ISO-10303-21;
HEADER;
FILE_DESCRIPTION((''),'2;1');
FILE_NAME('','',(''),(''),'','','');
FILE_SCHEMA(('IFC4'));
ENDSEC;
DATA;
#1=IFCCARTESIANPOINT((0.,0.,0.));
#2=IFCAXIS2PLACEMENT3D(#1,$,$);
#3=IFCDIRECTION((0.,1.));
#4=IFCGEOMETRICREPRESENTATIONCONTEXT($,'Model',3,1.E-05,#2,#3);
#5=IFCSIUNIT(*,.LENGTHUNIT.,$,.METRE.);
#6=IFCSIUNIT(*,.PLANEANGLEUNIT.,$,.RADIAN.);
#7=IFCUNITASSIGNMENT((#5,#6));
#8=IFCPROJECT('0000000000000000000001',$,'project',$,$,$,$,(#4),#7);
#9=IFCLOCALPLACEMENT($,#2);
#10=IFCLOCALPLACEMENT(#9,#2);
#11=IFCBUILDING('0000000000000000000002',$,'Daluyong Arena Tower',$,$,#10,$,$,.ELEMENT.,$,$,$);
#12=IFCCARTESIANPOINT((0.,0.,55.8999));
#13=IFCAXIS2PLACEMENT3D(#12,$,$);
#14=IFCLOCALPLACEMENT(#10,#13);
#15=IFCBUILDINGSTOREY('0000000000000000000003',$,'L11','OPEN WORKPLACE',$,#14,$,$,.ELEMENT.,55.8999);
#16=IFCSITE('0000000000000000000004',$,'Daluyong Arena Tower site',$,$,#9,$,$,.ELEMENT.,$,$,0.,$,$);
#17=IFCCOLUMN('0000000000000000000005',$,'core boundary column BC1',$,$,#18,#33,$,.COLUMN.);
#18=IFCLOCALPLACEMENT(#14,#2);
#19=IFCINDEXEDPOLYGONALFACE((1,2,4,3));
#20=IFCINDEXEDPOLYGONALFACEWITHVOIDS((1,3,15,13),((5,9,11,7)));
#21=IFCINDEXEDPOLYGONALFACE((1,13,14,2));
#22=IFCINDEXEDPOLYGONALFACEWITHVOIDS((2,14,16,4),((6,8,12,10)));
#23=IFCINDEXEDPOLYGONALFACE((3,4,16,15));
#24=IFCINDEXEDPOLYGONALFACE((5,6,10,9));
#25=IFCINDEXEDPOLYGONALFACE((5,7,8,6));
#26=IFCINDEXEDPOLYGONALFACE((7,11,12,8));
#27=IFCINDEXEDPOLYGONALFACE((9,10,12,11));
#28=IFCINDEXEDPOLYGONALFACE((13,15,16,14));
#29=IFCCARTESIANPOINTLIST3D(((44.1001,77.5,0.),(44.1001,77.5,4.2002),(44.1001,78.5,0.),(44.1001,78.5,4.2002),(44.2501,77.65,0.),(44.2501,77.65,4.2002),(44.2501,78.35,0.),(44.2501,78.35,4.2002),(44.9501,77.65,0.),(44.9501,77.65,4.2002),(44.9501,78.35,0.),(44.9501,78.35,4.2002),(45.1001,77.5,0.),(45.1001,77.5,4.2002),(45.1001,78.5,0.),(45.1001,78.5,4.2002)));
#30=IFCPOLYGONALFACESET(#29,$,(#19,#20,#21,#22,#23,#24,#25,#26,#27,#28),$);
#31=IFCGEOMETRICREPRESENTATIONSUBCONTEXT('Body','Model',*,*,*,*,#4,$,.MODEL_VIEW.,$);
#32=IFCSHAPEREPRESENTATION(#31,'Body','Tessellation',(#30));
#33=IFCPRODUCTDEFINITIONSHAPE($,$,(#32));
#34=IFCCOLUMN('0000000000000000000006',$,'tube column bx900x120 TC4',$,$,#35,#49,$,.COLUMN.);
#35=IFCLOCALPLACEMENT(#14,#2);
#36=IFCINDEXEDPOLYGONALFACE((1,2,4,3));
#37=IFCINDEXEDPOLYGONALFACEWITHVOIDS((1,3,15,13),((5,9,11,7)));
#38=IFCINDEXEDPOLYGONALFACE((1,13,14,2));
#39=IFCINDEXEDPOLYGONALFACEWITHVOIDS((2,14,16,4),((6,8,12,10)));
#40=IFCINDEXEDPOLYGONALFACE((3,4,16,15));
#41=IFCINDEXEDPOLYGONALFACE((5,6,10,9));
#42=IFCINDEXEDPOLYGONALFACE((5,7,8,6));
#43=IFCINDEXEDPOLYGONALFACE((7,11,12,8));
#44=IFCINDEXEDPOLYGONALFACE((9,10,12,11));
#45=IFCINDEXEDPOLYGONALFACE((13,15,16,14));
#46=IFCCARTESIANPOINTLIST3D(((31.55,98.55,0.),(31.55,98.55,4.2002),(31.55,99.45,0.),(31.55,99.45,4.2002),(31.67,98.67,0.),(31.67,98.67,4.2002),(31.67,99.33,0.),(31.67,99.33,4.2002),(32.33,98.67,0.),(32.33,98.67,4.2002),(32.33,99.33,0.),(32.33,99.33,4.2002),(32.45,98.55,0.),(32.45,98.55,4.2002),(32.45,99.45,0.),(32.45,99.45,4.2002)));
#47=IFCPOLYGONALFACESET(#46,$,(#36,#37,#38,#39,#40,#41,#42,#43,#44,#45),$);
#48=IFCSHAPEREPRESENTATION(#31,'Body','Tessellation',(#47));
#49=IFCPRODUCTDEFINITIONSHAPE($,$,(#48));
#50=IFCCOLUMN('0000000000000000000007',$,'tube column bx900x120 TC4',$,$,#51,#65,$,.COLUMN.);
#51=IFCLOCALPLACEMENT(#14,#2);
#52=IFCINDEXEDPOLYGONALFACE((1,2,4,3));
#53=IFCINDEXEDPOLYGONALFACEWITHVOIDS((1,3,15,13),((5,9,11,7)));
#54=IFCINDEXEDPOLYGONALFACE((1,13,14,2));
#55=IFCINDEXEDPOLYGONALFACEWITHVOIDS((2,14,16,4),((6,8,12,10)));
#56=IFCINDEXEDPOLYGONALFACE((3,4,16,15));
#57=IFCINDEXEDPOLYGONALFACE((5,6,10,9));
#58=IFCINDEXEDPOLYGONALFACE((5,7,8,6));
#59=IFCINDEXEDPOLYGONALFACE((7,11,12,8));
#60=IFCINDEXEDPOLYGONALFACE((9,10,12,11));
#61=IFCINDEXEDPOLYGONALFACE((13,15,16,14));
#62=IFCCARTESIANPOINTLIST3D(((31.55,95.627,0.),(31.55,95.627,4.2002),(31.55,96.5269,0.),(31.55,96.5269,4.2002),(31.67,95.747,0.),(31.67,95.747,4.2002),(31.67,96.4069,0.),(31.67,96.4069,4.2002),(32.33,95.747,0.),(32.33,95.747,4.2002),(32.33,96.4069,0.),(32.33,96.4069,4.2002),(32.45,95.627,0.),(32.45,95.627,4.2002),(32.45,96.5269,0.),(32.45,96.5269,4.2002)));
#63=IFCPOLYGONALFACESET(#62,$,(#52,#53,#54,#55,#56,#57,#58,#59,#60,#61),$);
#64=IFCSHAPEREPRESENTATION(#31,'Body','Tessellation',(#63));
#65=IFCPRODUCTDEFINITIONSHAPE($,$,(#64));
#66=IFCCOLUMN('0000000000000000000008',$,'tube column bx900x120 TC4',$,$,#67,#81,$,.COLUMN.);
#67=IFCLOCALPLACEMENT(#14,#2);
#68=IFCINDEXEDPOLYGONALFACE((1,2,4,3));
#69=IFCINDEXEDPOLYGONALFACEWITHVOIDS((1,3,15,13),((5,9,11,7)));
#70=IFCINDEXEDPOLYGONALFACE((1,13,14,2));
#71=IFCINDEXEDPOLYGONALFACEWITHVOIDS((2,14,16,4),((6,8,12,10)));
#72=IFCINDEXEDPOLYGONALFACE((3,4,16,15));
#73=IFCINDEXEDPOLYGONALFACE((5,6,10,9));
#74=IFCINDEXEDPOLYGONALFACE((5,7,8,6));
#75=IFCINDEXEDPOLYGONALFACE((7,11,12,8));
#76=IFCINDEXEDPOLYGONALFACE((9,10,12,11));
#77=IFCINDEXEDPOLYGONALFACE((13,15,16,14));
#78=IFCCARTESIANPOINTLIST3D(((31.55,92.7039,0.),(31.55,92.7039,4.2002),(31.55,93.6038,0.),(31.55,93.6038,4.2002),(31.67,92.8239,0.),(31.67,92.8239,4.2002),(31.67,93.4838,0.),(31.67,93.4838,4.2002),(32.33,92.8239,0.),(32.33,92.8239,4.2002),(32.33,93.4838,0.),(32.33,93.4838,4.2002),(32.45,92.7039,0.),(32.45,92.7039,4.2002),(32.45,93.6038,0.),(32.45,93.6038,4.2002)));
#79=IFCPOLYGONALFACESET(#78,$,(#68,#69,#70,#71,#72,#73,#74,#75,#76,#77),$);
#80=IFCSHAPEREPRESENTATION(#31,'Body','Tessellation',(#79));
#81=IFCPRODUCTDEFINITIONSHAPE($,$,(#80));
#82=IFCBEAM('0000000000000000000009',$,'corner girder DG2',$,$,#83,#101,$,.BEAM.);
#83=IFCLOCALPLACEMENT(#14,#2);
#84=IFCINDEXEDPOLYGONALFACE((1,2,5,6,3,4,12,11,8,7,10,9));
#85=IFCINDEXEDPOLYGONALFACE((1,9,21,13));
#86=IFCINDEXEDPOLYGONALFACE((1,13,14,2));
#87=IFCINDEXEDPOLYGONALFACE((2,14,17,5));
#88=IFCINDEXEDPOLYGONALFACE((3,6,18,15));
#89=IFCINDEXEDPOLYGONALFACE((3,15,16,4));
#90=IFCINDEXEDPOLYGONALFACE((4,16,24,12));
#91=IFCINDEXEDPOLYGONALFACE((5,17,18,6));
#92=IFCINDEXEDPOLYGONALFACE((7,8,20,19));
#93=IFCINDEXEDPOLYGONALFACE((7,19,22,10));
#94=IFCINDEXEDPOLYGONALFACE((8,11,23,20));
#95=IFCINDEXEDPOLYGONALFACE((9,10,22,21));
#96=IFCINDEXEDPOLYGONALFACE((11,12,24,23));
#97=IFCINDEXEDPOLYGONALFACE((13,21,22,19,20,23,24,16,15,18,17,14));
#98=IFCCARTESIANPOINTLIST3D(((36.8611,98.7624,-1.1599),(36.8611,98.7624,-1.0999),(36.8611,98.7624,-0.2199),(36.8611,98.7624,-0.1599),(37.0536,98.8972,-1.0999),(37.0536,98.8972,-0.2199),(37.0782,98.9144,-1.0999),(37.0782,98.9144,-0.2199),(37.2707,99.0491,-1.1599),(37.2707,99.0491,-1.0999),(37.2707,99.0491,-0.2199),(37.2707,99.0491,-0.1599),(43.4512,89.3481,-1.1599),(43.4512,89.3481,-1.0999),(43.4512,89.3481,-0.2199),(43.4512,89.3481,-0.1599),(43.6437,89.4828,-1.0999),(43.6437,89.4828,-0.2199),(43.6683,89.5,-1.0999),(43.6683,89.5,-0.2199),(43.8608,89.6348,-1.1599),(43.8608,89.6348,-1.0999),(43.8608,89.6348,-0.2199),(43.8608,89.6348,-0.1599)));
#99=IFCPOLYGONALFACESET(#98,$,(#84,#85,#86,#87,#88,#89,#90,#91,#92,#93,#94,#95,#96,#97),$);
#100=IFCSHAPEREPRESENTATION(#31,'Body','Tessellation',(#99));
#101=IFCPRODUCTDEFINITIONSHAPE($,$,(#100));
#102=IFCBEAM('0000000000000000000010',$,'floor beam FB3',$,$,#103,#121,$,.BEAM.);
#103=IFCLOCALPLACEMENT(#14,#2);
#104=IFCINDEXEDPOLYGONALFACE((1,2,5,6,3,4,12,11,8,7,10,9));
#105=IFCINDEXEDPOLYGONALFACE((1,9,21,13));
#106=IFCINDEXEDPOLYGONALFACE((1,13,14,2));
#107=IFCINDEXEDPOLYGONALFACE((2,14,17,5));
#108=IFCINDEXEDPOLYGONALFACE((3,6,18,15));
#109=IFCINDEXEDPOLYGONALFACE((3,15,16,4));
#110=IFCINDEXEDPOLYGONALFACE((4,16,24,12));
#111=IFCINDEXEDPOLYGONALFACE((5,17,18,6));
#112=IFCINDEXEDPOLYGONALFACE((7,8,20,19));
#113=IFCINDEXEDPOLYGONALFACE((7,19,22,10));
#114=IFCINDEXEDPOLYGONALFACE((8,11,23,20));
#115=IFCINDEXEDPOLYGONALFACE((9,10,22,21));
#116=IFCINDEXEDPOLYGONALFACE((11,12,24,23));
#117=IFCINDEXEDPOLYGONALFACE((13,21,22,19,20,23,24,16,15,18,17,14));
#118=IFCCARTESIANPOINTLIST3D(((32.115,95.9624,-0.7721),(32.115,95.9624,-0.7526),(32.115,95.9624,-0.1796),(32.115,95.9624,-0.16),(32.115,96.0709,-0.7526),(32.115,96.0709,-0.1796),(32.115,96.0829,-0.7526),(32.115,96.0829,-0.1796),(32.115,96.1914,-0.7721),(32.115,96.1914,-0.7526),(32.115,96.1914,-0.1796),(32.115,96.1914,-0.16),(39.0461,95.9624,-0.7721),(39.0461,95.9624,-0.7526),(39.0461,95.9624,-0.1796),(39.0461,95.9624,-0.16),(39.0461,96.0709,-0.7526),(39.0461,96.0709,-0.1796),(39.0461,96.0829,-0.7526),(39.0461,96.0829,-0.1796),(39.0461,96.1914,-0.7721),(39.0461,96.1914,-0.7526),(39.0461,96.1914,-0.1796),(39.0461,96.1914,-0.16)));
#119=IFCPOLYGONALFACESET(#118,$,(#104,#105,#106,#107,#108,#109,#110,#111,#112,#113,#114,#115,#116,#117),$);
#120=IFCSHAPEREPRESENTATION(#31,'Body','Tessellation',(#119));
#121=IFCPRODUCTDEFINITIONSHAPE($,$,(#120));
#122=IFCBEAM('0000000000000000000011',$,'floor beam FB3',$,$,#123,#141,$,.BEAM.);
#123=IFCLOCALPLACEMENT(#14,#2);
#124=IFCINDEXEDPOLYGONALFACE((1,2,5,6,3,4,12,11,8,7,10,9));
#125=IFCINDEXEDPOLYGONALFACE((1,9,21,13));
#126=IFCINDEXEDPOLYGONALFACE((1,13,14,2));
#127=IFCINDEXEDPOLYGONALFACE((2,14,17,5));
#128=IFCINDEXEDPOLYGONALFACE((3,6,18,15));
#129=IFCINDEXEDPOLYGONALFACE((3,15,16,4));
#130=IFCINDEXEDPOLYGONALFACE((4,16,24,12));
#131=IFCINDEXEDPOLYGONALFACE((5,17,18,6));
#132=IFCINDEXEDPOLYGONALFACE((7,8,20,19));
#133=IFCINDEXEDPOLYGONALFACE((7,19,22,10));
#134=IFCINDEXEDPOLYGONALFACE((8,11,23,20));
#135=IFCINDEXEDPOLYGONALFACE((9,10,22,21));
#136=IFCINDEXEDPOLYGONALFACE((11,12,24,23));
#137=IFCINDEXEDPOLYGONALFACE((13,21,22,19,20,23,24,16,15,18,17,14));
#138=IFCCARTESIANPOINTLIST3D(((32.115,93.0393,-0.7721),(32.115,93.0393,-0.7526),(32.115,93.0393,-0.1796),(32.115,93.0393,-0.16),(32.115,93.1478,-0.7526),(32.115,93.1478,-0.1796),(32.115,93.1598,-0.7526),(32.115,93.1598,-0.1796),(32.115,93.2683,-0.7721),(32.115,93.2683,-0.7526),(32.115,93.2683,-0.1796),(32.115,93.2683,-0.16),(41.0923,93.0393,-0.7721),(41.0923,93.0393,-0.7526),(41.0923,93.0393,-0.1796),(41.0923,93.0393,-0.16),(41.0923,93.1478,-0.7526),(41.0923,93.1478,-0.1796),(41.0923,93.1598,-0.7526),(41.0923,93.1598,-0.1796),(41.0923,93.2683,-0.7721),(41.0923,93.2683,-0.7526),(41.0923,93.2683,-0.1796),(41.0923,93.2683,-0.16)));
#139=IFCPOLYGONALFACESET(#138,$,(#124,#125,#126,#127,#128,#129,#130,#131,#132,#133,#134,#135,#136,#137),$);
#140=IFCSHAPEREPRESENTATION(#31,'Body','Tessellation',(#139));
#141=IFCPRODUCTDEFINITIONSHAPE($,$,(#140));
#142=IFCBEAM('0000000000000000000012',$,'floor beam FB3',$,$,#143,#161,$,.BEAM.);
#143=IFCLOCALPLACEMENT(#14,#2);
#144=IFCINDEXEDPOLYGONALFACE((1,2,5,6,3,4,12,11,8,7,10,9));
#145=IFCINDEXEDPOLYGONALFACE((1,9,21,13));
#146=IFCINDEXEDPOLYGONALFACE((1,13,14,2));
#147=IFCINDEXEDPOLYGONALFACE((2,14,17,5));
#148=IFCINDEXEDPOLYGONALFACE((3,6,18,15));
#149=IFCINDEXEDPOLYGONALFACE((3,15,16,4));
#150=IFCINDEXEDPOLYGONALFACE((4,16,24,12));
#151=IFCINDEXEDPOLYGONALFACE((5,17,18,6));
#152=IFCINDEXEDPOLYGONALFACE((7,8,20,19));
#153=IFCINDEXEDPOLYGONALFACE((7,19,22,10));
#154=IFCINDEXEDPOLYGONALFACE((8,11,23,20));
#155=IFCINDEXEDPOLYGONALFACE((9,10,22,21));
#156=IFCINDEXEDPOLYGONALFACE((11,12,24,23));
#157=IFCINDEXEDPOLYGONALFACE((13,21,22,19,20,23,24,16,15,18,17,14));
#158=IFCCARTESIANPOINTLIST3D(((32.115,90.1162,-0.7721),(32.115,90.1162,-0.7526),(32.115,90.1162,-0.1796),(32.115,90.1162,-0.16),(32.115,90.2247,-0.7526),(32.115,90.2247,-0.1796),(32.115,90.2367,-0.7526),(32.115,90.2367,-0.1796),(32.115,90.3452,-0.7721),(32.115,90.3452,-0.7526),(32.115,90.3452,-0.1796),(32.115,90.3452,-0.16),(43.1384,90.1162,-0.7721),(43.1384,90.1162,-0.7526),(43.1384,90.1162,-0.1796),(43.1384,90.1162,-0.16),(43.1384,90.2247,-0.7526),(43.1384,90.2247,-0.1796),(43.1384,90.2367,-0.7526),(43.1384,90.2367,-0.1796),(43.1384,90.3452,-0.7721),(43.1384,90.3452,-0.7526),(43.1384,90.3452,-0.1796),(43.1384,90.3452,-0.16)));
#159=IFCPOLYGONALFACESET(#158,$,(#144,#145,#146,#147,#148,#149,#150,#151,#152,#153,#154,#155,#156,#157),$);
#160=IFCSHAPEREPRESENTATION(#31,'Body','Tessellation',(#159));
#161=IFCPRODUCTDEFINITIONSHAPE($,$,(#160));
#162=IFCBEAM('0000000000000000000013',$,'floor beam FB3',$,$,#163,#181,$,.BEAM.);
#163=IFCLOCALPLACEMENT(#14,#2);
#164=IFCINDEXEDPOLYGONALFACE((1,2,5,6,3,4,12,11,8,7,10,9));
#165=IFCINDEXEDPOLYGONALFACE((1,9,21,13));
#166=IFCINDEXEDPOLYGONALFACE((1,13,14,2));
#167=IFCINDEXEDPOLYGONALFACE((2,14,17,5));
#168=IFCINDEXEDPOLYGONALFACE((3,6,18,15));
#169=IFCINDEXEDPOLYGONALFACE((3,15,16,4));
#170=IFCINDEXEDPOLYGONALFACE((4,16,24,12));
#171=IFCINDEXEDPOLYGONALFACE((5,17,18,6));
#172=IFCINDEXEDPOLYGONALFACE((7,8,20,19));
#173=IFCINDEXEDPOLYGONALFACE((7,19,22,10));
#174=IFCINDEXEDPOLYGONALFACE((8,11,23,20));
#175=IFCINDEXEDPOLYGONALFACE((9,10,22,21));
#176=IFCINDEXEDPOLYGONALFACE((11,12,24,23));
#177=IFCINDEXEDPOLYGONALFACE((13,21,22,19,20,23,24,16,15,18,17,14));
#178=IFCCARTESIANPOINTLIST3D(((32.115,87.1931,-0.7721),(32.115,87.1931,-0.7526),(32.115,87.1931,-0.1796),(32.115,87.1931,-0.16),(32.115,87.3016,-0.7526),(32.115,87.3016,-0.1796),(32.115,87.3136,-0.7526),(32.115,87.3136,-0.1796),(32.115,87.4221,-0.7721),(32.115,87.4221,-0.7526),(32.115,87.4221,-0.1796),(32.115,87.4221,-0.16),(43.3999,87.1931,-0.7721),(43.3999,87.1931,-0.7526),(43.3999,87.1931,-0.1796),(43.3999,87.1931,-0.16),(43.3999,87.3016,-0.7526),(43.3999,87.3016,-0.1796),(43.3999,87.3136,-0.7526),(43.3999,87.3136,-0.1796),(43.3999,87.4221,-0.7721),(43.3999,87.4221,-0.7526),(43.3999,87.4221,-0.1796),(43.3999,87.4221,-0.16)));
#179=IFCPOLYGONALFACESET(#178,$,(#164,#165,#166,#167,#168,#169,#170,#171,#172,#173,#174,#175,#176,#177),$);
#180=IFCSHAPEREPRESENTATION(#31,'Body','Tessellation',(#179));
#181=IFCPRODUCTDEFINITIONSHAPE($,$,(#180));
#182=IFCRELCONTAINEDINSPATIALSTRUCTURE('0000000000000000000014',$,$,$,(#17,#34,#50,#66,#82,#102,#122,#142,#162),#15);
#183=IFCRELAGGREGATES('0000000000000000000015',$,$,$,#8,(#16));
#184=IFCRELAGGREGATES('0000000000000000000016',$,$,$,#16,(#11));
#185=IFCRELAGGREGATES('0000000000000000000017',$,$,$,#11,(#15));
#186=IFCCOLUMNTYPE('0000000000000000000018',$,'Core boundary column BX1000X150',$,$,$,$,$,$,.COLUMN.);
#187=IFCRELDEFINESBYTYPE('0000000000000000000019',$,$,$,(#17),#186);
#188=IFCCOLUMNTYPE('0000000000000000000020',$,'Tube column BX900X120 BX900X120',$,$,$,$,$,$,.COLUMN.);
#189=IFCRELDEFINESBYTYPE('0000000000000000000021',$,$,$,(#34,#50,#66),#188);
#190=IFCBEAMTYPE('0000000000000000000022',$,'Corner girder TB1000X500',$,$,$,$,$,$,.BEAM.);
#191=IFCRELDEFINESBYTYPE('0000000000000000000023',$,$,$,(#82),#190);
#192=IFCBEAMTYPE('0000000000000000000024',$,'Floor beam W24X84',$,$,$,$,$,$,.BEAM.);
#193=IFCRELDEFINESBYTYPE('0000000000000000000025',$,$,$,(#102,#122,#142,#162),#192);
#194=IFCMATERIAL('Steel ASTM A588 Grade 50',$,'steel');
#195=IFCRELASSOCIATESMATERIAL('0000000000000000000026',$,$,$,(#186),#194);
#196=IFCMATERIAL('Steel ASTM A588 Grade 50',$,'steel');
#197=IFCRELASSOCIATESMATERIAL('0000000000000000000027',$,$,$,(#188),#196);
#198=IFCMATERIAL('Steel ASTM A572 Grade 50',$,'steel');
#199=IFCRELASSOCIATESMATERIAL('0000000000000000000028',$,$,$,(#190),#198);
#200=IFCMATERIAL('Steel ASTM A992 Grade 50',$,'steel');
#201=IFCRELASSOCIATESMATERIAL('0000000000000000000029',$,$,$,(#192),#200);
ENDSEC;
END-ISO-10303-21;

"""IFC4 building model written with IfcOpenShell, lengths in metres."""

from ifc_helpers import new_model, si_unit, direction, frame, origin, origin_2d, place, context, subcontext, project, spatial, hollow_rectangle, i_section, extrude, material, material_profile, profile_set, type_object, element, save


model = new_model("IFC4")

# Units and contexts
model_context = context("Model", 3, precision=1e-05, world=origin(), true_north=direction((0.0, 1.0)))
body_context = subcontext(model_context, "Body", "Model", "MODEL_VIEW")
ifc_project = project(units=[si_unit("LENGTHUNIT", "METRE"), si_unit("PLANEANGLEUNIT", "RADIAN")], contexts=[model_context])

# Site, building, storey
site_placement = place(None, origin())
site = spatial("IfcSite", under=ifc_project, at=site_placement, Name="Daluyong Arena Tower site", CompositionType="ELEMENT", RefElevation=0.0)
building_placement = place(site_placement, origin())
building = spatial("IfcBuilding", under=site, at=building_placement, Name="Daluyong Arena Tower", CompositionType="ELEMENT")
storey_placement = place(building_placement, frame((0.0, 0.0, 55.8999)))
storey = spatial("IfcBuildingStorey", under=building, at=storey_placement, Name="L11", Description="OPEN WORKPLACE", CompositionType="ELEMENT", Elevation=55.8999)

# Columns
ifc_material_1 = material(Name="Steel ASTM A588 Grade 50", Category="steel")
ifc_material_profile_1 = material_profile(ifc_material_1, hollow_rectangle(XDim=1.0, YDim=1.0, WallThickness=0.15, at=origin_2d()))
ifc_profile_set_1 = profile_set([ifc_material_profile_1], Name="Steel ASTM A588 Grade 50")
column_type_1 = type_object("IfcColumnType", Name="Core boundary column BX1000X150", PredefinedType="COLUMN", material=ifc_profile_set_1)
column_placement = place(storey_placement, frame((44.6001, 78.0, 0.0), z_axis=(0.0, 0.0, 1.0), x_axis=(1.0, 0.0, 0.0)))
element("IfcColumn", 1, at=column_placement, inside=storey, type_object=column_type_1, Name="core boundary column BC1", PredefinedType="COLUMN", context=body_context, shape_type="SweptSolid", body=[
    extrude(hollow_rectangle(XDim=1.0, YDim=1.0, WallThickness=0.15, at=origin_2d()), origin(), (0.0, 0.0, 1.0), 4.2002),
])
ifc_material_2 = material(Name="Steel ASTM A588 Grade 50", Category="steel")
ifc_material_profile_2 = material_profile(ifc_material_2, hollow_rectangle(XDim=0.8999, YDim=0.8999, WallThickness=0.12, at=origin_2d()))
ifc_profile_set_2 = profile_set([ifc_material_profile_2], Name="Steel ASTM A588 Grade 50")
column_type_2 = type_object("IfcColumnType", Name="Tube column BX900X120 BX900X120", PredefinedType="COLUMN", material=ifc_profile_set_2)
for number, where, z_axis, x_axis, name in (
    (2, (32.0, 99.0, 0.0), (0.0, 0.0, 1.0), (0.0, 1.0, 0.0), "tube column bx900x120 TC4"),
    (3, (32.0, 96.0769, 0.0), (0.0, 0.0, 1.0), (0.0, 1.0, 0.0), "tube column bx900x120 TC4"),
    (4, (32.0, 93.1538, 0.0), (0.0, 0.0, 1.0), (0.0, 1.0, 0.0), "tube column bx900x120 TC4"),
):
    element("IfcColumn", number, at=place(storey_placement, frame(where, z_axis=z_axis, x_axis=x_axis)), inside=storey, type_object=column_type_2, Name=name, PredefinedType="COLUMN", context=body_context, shape_type="SweptSolid", body=[
        extrude(hollow_rectangle(XDim=0.8999, YDim=0.8999, WallThickness=0.12, at=origin_2d()), origin(), (0.0, 0.0, 1.0), 4.2002),
    ])

# Beams
ifc_material_3 = material(Name="Steel ASTM A572 Grade 50", Category="steel")
ifc_material_profile_3 = material_profile(ifc_material_3, i_section(OverallWidth=0.5, OverallDepth=1.0, WebThickness=0.03, FlangeThickness=0.06, at=origin_2d()))
ifc_profile_set_3 = profile_set([ifc_material_profile_3], Name="Steel ASTM A572 Grade 50")
beam_type_1 = type_object("IfcBeamType", Name="Corner girder TB1000X500", PredefinedType="BEAM", material=ifc_profile_set_3)
beam_1_placement = place(storey_placement, frame((37.0659, 98.9058, -0.6599), z_axis=(0.573467, -0.819229, 0.0), x_axis=(0.819229, 0.573467, 0.0)))
element("IfcBeam", 5, at=beam_1_placement, inside=storey, type_object=beam_type_1, Name="corner girder DG2", PredefinedType="BEAM", context=body_context, shape_type="SweptSolid", body=[
    extrude(i_section(OverallWidth=0.5, OverallDepth=1.0, WebThickness=0.03, FlangeThickness=0.06, at=origin_2d()), origin(), (0.0, 0.0, 1.0), 11.4917),
])
ifc_material_4 = material(Name="Steel ASTM A992 Grade 50", Category="steel")
ifc_material_profile_4 = material_profile(ifc_material_4, i_section(OverallWidth=0.229, OverallDepth=0.6121, WebThickness=0.012, FlangeThickness=0.0195, at=origin_2d()))
ifc_profile_set_4 = profile_set([ifc_material_profile_4], Name="Steel ASTM A992 Grade 50")
beam_type_2 = type_object("IfcBeamType", Name="Floor beam W24X84", PredefinedType="BEAM", material=ifc_profile_set_4)
beam_2_placement = place(storey_placement, frame((32.115, 96.0769, -0.4661), z_axis=(1.0, 0.0, 0.0), x_axis=(0.0, 1.0, 0.0)))
element("IfcBeam", 6, at=beam_2_placement, inside=storey, type_object=beam_type_2, Name="floor beam FB3", PredefinedType="BEAM", context=body_context, shape_type="SweptSolid", body=[
    extrude(i_section(OverallWidth=0.229, OverallDepth=0.6121, WebThickness=0.012, FlangeThickness=0.0195, at=origin_2d()), origin(), (0.0, 0.0, 1.0), 6.9312),
])
beam_3_placement = place(storey_placement, frame((32.115, 93.1538, -0.4661), z_axis=(1.0, 0.0, 0.0), x_axis=(0.0, 1.0, 0.0)))
element("IfcBeam", 7, at=beam_3_placement, inside=storey, type_object=beam_type_2, Name="floor beam FB3", PredefinedType="BEAM", context=body_context, shape_type="SweptSolid", body=[
    extrude(i_section(OverallWidth=0.229, OverallDepth=0.6121, WebThickness=0.012, FlangeThickness=0.0195, at=origin_2d()), origin(), (0.0, 0.0, 1.0), 8.9773),
])
beam_4_placement = place(storey_placement, frame((32.115, 90.2307, -0.4661), z_axis=(1.0, 0.0, 0.0), x_axis=(0.0, 1.0, 0.0)))
element("IfcBeam", 8, at=beam_4_placement, inside=storey, type_object=beam_type_2, Name="floor beam FB3", PredefinedType="BEAM", context=body_context, shape_type="SweptSolid", body=[
    extrude(i_section(OverallWidth=0.229, OverallDepth=0.6121, WebThickness=0.012, FlangeThickness=0.0195, at=origin_2d()), origin(), (0.0, 0.0, 1.0), 11.0234),
])
for number, where, z_axis, x_axis, name in (
    (9, (32.115, 87.3076, -0.4661), (1.0, 0.0, 0.0), (0.0, 1.0, 0.0), "floor beam FB3"),
):
    element("IfcBeam", number, at=place(storey_placement, frame(where, z_axis=z_axis, x_axis=x_axis)), inside=storey, type_object=beam_type_2, Name=name, PredefinedType="BEAM", context=body_context, shape_type="SweptSolid", body=[
        extrude(i_section(OverallWidth=0.229, OverallDepth=0.6121, WebThickness=0.012, FlangeThickness=0.0195, at=origin_2d()), origin(), (0.0, 0.0, 1.0), 11.2849),
    ])

save(model, "model.ifc")
